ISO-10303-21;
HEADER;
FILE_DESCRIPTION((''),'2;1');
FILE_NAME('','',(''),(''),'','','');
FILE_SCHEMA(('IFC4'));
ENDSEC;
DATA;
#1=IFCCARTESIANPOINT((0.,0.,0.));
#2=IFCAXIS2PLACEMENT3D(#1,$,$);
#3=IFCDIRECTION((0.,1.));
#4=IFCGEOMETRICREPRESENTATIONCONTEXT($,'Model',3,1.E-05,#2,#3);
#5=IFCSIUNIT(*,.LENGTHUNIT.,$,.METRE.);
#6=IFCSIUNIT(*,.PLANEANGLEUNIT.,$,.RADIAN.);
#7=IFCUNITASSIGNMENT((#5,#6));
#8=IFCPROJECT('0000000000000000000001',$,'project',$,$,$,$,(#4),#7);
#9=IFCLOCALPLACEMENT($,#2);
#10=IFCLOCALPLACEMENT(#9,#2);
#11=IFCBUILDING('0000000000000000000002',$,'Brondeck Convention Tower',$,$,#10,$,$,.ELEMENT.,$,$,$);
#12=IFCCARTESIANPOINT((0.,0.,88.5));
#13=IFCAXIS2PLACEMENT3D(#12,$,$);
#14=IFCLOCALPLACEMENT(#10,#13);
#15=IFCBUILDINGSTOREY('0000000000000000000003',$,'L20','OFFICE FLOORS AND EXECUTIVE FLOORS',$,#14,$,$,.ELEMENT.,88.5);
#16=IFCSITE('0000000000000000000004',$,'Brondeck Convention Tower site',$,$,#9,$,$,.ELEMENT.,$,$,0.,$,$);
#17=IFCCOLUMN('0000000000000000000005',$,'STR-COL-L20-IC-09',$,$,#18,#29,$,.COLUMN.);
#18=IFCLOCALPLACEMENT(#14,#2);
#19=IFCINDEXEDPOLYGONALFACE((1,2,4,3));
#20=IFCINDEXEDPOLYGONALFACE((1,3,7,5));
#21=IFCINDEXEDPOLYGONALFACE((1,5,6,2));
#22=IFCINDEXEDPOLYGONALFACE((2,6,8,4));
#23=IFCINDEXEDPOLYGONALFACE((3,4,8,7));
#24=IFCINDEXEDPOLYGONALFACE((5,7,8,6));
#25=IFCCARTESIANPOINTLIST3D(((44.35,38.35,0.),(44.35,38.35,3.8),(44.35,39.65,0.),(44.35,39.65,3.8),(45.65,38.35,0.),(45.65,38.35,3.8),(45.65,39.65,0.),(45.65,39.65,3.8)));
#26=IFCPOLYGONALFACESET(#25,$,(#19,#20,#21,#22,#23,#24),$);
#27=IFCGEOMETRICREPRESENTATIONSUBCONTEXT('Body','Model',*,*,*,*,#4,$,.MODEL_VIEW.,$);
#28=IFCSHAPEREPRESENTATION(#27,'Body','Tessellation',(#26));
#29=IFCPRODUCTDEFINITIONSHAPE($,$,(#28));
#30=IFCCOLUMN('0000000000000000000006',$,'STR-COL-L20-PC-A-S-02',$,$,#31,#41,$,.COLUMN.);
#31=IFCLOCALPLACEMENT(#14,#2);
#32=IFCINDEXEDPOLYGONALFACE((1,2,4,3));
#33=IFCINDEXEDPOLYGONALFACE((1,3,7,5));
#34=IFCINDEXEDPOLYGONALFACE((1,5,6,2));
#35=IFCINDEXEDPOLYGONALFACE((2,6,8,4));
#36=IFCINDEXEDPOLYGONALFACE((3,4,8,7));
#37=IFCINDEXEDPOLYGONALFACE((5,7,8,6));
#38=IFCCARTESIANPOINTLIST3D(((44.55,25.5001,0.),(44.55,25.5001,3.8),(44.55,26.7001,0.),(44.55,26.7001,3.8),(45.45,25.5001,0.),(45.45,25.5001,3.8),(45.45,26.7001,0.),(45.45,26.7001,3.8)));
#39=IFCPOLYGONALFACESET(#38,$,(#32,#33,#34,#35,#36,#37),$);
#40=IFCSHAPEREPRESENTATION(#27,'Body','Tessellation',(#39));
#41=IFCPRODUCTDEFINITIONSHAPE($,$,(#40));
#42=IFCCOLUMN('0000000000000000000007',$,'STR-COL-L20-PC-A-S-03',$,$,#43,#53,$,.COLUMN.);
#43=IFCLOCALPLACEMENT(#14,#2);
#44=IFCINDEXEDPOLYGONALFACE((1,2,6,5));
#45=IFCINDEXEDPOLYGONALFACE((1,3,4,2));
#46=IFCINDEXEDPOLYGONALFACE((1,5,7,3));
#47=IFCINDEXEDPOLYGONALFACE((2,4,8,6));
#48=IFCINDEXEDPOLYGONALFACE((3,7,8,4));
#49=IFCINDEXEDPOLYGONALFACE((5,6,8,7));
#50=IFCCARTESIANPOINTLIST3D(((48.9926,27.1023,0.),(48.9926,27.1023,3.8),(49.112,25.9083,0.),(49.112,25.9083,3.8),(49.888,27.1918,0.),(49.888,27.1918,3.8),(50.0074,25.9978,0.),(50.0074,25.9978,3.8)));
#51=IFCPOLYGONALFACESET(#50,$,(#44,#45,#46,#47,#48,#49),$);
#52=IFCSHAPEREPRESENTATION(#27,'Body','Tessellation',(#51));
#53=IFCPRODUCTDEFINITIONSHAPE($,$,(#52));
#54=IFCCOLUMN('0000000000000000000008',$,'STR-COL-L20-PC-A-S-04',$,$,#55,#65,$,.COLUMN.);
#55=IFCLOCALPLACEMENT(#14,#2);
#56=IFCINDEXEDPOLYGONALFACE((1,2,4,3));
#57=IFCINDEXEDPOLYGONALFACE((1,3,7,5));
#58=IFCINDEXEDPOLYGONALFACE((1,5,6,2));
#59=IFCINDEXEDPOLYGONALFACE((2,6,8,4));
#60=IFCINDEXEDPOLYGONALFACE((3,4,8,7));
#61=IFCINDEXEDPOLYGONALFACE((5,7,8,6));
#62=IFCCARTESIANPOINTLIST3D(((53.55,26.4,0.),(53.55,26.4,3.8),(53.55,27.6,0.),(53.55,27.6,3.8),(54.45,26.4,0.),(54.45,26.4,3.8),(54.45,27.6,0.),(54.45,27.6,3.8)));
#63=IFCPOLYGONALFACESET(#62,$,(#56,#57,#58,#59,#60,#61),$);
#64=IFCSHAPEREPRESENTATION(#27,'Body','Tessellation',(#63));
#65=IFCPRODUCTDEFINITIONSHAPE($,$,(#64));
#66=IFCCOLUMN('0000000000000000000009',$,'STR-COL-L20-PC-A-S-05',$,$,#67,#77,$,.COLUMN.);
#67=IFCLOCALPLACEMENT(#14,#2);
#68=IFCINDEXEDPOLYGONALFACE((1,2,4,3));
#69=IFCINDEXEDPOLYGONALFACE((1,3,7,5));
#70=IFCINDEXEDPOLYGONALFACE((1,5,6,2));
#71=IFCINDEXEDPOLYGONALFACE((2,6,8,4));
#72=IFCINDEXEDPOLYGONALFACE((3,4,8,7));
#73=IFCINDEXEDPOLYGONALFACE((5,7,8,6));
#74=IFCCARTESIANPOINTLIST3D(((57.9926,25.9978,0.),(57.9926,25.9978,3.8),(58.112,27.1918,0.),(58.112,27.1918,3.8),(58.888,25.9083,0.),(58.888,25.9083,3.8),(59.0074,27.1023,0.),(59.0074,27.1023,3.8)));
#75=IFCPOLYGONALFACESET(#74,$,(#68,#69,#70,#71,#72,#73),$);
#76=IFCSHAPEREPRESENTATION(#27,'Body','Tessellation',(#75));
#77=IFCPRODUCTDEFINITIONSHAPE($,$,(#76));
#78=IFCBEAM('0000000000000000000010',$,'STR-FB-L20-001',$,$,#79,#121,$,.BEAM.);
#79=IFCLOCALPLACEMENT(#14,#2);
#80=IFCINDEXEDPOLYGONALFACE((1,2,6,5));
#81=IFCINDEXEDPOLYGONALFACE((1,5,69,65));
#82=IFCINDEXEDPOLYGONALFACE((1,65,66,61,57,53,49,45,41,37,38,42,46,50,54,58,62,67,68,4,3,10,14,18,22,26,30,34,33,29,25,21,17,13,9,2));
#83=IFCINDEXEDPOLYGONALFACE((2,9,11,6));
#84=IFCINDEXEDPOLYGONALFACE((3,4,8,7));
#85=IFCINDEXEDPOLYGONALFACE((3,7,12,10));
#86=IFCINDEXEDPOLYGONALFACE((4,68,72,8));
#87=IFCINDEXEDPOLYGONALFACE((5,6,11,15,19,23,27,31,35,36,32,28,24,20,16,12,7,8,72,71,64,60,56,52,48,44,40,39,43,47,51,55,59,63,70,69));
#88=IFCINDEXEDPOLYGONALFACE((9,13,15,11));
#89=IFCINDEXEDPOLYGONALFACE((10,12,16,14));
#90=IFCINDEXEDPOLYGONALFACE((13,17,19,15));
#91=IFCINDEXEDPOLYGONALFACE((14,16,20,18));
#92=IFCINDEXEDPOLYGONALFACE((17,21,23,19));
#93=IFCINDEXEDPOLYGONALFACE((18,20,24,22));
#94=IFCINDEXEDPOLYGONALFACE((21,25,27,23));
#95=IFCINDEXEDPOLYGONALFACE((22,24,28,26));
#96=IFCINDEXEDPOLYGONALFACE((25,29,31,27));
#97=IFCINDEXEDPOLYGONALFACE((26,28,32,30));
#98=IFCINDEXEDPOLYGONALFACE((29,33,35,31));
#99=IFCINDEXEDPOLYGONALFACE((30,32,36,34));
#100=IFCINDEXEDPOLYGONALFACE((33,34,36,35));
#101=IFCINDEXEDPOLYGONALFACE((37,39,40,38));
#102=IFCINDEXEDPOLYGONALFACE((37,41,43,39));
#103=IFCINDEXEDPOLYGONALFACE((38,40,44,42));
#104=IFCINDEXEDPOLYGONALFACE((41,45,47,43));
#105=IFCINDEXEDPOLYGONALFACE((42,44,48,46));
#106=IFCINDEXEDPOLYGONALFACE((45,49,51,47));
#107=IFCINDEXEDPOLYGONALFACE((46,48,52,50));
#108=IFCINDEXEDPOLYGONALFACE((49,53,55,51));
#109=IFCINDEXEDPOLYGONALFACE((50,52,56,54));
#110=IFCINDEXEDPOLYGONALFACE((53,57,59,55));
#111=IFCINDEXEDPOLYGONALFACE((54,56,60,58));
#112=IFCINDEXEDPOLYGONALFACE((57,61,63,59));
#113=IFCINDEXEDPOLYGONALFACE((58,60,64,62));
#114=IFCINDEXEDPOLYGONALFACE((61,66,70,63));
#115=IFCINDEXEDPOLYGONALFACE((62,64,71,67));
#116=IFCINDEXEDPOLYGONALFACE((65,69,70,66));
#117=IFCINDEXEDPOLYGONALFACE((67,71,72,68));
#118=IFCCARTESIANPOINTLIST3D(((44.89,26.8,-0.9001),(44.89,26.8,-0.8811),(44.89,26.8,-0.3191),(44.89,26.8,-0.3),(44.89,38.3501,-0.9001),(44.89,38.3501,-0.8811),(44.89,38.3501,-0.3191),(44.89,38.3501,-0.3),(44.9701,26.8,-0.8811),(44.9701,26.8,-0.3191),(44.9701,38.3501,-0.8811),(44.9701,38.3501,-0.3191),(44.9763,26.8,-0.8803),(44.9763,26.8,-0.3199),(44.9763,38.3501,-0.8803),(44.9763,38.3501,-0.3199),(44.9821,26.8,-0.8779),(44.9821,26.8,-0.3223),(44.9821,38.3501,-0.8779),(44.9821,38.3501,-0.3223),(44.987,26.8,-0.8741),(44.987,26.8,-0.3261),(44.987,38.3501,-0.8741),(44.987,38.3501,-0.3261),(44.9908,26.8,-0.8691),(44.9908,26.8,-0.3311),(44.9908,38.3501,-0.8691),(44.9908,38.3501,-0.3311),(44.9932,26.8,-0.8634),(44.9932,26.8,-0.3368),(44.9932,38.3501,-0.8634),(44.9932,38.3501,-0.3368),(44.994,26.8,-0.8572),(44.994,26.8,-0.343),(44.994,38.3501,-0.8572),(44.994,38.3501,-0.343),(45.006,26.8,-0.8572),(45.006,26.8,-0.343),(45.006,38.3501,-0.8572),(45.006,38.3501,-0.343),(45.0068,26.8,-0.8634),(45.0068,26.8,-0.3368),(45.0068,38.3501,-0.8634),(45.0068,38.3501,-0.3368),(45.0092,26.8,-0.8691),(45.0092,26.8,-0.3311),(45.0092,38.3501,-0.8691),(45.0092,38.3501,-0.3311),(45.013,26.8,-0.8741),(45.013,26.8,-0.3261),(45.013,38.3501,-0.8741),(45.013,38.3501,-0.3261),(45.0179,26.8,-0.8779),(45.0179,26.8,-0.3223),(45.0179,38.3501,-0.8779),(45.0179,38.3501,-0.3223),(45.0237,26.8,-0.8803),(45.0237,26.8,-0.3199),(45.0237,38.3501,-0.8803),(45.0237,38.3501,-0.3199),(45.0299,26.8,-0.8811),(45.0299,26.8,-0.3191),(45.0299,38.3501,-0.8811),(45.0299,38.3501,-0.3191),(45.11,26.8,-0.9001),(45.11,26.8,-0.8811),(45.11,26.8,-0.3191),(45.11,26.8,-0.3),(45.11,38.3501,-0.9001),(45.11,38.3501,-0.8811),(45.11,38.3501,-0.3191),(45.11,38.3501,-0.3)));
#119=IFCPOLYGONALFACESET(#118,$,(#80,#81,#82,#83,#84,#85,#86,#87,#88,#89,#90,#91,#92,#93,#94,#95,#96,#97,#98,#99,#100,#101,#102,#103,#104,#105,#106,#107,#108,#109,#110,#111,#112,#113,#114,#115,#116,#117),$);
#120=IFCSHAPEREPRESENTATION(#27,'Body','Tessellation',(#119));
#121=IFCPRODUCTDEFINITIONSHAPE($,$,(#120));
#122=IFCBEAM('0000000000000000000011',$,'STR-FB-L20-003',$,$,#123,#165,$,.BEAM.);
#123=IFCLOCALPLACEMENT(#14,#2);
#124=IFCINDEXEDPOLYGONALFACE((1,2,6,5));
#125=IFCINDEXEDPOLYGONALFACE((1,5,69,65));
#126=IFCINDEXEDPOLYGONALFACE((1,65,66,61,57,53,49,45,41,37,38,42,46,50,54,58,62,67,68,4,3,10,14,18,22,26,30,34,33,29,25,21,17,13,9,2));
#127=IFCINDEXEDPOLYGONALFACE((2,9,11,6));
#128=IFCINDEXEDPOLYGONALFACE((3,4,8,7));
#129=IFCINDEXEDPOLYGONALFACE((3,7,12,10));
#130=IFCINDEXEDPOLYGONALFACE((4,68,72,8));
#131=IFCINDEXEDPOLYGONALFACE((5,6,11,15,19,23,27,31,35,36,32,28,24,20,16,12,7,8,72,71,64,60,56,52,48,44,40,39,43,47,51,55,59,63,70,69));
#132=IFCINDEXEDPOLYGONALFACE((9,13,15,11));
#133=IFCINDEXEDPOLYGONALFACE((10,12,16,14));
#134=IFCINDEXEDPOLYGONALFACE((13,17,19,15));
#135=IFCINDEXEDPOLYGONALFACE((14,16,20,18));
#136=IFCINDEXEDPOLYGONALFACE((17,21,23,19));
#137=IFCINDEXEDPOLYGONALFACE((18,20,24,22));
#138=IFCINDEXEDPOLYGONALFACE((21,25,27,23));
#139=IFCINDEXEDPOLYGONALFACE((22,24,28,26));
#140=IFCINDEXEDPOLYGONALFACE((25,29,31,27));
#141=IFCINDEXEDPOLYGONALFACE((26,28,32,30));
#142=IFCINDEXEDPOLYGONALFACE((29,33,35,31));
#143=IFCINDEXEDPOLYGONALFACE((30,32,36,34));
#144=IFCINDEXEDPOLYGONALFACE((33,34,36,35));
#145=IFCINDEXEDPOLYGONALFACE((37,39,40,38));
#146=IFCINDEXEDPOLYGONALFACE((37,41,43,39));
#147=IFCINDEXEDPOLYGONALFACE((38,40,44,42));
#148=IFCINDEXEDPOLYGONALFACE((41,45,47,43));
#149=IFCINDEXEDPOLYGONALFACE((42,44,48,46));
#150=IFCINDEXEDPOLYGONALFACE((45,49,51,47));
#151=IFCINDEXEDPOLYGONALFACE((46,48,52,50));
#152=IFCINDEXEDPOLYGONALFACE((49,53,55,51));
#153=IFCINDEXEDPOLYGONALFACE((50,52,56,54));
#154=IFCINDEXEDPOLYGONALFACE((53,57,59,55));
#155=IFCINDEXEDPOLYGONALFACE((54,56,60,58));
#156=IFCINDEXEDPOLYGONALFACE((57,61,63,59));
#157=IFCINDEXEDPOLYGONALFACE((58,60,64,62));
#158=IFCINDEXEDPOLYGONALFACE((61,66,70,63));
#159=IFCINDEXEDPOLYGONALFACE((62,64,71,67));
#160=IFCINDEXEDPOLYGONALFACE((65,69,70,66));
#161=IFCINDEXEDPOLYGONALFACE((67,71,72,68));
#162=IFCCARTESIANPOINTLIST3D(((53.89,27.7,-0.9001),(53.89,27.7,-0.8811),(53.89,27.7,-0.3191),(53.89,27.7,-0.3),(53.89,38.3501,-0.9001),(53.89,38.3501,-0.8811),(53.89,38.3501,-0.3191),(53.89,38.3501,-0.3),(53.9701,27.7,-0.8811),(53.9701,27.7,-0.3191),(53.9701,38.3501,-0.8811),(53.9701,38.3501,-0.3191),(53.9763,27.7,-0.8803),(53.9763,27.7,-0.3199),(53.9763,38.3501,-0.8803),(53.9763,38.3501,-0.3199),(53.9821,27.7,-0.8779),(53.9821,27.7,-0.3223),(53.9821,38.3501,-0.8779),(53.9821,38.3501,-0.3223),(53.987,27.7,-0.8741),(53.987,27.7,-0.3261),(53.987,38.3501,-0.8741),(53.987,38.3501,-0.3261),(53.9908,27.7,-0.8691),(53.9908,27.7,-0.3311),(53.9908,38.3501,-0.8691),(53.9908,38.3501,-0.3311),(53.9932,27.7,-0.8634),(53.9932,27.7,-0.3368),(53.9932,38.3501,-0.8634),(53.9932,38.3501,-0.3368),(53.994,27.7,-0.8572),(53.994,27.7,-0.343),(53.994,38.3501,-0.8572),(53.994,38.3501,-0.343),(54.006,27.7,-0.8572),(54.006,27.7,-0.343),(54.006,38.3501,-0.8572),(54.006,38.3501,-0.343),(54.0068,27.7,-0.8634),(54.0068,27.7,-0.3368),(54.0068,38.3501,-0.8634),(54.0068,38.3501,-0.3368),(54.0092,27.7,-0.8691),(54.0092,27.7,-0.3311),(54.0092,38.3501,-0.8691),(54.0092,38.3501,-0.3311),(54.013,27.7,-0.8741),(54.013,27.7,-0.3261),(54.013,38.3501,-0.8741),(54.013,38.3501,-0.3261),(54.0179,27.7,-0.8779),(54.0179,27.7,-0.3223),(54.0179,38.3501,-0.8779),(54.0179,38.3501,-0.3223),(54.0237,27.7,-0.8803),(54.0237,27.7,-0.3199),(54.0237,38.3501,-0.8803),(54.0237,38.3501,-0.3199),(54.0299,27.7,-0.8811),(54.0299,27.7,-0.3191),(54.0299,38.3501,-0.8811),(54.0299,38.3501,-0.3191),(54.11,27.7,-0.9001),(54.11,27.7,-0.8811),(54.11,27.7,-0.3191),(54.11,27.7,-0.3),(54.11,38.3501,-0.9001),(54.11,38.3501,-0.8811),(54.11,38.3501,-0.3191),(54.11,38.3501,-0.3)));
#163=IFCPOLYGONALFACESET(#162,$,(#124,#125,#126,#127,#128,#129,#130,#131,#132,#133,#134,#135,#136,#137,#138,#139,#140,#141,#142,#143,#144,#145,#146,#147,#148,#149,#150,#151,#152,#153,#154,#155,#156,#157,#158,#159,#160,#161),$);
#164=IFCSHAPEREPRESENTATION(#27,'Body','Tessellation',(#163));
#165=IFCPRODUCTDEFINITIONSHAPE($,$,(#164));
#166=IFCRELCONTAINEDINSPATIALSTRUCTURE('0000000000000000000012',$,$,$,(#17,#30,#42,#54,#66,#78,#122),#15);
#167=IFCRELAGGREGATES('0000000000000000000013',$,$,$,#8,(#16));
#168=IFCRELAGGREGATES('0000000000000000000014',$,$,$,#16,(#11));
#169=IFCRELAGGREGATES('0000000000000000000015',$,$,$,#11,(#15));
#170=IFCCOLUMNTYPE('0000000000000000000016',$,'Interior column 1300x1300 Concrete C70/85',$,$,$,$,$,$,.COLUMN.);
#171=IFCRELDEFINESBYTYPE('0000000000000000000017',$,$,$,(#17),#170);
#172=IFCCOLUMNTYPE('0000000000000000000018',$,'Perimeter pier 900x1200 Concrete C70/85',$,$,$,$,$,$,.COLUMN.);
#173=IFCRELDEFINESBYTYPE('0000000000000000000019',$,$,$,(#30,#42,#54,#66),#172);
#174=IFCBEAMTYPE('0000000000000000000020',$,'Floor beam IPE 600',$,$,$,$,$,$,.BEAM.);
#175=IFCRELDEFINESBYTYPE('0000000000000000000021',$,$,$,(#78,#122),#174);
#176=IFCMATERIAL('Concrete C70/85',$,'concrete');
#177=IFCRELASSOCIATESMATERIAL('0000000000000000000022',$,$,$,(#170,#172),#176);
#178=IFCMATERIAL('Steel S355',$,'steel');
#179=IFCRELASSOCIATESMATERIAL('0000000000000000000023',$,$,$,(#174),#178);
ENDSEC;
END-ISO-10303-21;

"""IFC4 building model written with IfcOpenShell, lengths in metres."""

from ifc_helpers import new_model, si_unit, direction, frame, origin, origin_2d, place, context, subcontext, project, spatial, rectangle, i_section, extrude, material, material_profile, profile_set, type_object, element, save


model = new_model("IFC4")

# Units and contexts
model_context = context("Model", 3, precision=1e-05, world=origin(), true_north=direction((0.0, 1.0)))
body_context = subcontext(model_context, "Body", "Model", "MODEL_VIEW")
ifc_project = project(units=[si_unit("LENGTHUNIT", "METRE"), si_unit("PLANEANGLEUNIT", "RADIAN")], contexts=[model_context])

# Site, building, storey
site_placement = place(None, origin())
site = spatial("IfcSite", under=ifc_project, at=site_placement, Name="Brondeck Convention Tower site", CompositionType="ELEMENT", RefElevation=0.0)
building_placement = place(site_placement, origin())
building = spatial("IfcBuilding", under=site, at=building_placement, Name="Brondeck Convention Tower", CompositionType="ELEMENT")
storey_placement = place(building_placement, frame((0.0, 0.0, 88.5)))
storey = spatial("IfcBuildingStorey", under=building, at=storey_placement, Name="L20", Description="OFFICE FLOORS AND EXECUTIVE FLOORS", CompositionType="ELEMENT", Elevation=88.5)

# Columns
ifc_material_1 = material(Name="Concrete C70/85", Category="concrete")
ifc_material_profile_1 = material_profile(ifc_material_1, rectangle(XDim=1.3, YDim=1.3, at=origin_2d()), Name="Interior column 1300x1300 Concrete C70/85")
ifc_profile_set_1 = profile_set([ifc_material_profile_1], Name="Concrete C70/85")
column_type_1 = type_object("IfcColumnType", Name="Interior column 1300x1300 Concrete C70/85", PredefinedType="COLUMN", material=ifc_profile_set_1)
column_placement = place(storey_placement, frame((45.0, 39.0, 0.0), z_axis=(0.0, 0.0, 1.0), x_axis=(1.0, 0.0, 0.0)))
element("IfcColumn", 1, at=column_placement, inside=storey, type_object=column_type_1, Name="STR-COL-L20-IC-09", PredefinedType="COLUMN", context=body_context, shape_type="SweptSolid", body=[
    extrude(rectangle(XDim=1.3, YDim=1.3, at=origin_2d()), origin(), (0.0, 0.0, 1.0), 3.8),
])
ifc_material_profile_2 = material_profile(ifc_material_1, rectangle(XDim=0.8999, YDim=1.2, at=origin_2d()), Name="Perimeter pier 900x1200 Concrete C70/85")
ifc_profile_set_2 = profile_set([ifc_material_profile_2], Name="Concrete C70/85")
column_type_2 = type_object("IfcColumnType", Name="Perimeter pier 900x1200 Concrete C70/85", PredefinedType="COLUMN", material=ifc_profile_set_2)
for number, where, z_axis, x_axis, name in (
    (2, (45.0, 26.1001, 0.0), (0.0, 0.0, 1.0), (1.0, 0.0, 0.0), "STR-COL-L20-PC-A-S-02"),
    (3, (49.5, 26.55, 0.0), (0.0, 0.0, 1.0), (0.995037, 0.099504, 0.0), "STR-COL-L20-PC-A-S-03"),
    (4, (54.0, 27.0, 0.0), (0.0, 0.0, 1.0), (1.0, 0.0, 0.0), "STR-COL-L20-PC-A-S-04"),
    (5, (58.5, 26.55, 0.0), (0.0, 0.0, 1.0), (0.995037, -0.099504, 0.0), "STR-COL-L20-PC-A-S-05"),
):
    element("IfcColumn", number, at=place(storey_placement, frame(where, z_axis=z_axis, x_axis=x_axis)), inside=storey, type_object=column_type_2, Name=name, PredefinedType="COLUMN", context=body_context, shape_type="SweptSolid", body=[
        extrude(rectangle(XDim=0.8999, YDim=1.2, at=origin_2d()), origin(), (0.0, 0.0, 1.0), 3.8),
    ])

# Beams
ifc_material_2 = material(Name="Steel S355", Category="steel")
ifc_material_profile_3 = material_profile(ifc_material_2, i_section(OverallWidth=0.22, OverallDepth=0.6001, WebThickness=0.012, FlangeThickness=0.019, FilletRadius=0.0239, at=origin_2d()), Name="IPE 600")
ifc_profile_set_3 = profile_set([ifc_material_profile_3], Name="Steel S355")
beam_type_1 = type_object("IfcBeamType", Name="Floor beam IPE 600", PredefinedType="BEAM", material=ifc_profile_set_3)
beam_1_placement = place(storey_placement, frame((45.0, 26.8, -0.6001), z_axis=(0.0, 1.0, 0.0), x_axis=(-1.0, 0.0, 0.0)))
element("IfcBeam", 6, at=beam_1_placement, inside=storey, type_object=beam_type_1, Name="STR-FB-L20-001", PredefinedType="BEAM", context=body_context, shape_type="SweptSolid", body=[
    extrude(i_section(OverallWidth=0.22, OverallDepth=0.6001, WebThickness=0.012, FlangeThickness=0.019, FilletRadius=0.0239, at=origin_2d()), origin(), (0.0, 0.0, 1.0), 11.55),
])
beam_2_placement = place(storey_placement, frame((54.0, 27.7, -0.6001), z_axis=(0.0, 1.0, 0.0), x_axis=(-1.0, 0.0, 0.0)))
element("IfcBeam", 7, at=beam_2_placement, inside=storey, type_object=beam_type_1, Name="STR-FB-L20-003", PredefinedType="BEAM", context=body_context, shape_type="SweptSolid", body=[
    extrude(i_section(OverallWidth=0.22, OverallDepth=0.6001, WebThickness=0.012, FlangeThickness=0.019, FilletRadius=0.0239, at=origin_2d()), origin(), (0.0, 0.0, 1.0), 10.6501),
])

save(model, "model.ifc")
